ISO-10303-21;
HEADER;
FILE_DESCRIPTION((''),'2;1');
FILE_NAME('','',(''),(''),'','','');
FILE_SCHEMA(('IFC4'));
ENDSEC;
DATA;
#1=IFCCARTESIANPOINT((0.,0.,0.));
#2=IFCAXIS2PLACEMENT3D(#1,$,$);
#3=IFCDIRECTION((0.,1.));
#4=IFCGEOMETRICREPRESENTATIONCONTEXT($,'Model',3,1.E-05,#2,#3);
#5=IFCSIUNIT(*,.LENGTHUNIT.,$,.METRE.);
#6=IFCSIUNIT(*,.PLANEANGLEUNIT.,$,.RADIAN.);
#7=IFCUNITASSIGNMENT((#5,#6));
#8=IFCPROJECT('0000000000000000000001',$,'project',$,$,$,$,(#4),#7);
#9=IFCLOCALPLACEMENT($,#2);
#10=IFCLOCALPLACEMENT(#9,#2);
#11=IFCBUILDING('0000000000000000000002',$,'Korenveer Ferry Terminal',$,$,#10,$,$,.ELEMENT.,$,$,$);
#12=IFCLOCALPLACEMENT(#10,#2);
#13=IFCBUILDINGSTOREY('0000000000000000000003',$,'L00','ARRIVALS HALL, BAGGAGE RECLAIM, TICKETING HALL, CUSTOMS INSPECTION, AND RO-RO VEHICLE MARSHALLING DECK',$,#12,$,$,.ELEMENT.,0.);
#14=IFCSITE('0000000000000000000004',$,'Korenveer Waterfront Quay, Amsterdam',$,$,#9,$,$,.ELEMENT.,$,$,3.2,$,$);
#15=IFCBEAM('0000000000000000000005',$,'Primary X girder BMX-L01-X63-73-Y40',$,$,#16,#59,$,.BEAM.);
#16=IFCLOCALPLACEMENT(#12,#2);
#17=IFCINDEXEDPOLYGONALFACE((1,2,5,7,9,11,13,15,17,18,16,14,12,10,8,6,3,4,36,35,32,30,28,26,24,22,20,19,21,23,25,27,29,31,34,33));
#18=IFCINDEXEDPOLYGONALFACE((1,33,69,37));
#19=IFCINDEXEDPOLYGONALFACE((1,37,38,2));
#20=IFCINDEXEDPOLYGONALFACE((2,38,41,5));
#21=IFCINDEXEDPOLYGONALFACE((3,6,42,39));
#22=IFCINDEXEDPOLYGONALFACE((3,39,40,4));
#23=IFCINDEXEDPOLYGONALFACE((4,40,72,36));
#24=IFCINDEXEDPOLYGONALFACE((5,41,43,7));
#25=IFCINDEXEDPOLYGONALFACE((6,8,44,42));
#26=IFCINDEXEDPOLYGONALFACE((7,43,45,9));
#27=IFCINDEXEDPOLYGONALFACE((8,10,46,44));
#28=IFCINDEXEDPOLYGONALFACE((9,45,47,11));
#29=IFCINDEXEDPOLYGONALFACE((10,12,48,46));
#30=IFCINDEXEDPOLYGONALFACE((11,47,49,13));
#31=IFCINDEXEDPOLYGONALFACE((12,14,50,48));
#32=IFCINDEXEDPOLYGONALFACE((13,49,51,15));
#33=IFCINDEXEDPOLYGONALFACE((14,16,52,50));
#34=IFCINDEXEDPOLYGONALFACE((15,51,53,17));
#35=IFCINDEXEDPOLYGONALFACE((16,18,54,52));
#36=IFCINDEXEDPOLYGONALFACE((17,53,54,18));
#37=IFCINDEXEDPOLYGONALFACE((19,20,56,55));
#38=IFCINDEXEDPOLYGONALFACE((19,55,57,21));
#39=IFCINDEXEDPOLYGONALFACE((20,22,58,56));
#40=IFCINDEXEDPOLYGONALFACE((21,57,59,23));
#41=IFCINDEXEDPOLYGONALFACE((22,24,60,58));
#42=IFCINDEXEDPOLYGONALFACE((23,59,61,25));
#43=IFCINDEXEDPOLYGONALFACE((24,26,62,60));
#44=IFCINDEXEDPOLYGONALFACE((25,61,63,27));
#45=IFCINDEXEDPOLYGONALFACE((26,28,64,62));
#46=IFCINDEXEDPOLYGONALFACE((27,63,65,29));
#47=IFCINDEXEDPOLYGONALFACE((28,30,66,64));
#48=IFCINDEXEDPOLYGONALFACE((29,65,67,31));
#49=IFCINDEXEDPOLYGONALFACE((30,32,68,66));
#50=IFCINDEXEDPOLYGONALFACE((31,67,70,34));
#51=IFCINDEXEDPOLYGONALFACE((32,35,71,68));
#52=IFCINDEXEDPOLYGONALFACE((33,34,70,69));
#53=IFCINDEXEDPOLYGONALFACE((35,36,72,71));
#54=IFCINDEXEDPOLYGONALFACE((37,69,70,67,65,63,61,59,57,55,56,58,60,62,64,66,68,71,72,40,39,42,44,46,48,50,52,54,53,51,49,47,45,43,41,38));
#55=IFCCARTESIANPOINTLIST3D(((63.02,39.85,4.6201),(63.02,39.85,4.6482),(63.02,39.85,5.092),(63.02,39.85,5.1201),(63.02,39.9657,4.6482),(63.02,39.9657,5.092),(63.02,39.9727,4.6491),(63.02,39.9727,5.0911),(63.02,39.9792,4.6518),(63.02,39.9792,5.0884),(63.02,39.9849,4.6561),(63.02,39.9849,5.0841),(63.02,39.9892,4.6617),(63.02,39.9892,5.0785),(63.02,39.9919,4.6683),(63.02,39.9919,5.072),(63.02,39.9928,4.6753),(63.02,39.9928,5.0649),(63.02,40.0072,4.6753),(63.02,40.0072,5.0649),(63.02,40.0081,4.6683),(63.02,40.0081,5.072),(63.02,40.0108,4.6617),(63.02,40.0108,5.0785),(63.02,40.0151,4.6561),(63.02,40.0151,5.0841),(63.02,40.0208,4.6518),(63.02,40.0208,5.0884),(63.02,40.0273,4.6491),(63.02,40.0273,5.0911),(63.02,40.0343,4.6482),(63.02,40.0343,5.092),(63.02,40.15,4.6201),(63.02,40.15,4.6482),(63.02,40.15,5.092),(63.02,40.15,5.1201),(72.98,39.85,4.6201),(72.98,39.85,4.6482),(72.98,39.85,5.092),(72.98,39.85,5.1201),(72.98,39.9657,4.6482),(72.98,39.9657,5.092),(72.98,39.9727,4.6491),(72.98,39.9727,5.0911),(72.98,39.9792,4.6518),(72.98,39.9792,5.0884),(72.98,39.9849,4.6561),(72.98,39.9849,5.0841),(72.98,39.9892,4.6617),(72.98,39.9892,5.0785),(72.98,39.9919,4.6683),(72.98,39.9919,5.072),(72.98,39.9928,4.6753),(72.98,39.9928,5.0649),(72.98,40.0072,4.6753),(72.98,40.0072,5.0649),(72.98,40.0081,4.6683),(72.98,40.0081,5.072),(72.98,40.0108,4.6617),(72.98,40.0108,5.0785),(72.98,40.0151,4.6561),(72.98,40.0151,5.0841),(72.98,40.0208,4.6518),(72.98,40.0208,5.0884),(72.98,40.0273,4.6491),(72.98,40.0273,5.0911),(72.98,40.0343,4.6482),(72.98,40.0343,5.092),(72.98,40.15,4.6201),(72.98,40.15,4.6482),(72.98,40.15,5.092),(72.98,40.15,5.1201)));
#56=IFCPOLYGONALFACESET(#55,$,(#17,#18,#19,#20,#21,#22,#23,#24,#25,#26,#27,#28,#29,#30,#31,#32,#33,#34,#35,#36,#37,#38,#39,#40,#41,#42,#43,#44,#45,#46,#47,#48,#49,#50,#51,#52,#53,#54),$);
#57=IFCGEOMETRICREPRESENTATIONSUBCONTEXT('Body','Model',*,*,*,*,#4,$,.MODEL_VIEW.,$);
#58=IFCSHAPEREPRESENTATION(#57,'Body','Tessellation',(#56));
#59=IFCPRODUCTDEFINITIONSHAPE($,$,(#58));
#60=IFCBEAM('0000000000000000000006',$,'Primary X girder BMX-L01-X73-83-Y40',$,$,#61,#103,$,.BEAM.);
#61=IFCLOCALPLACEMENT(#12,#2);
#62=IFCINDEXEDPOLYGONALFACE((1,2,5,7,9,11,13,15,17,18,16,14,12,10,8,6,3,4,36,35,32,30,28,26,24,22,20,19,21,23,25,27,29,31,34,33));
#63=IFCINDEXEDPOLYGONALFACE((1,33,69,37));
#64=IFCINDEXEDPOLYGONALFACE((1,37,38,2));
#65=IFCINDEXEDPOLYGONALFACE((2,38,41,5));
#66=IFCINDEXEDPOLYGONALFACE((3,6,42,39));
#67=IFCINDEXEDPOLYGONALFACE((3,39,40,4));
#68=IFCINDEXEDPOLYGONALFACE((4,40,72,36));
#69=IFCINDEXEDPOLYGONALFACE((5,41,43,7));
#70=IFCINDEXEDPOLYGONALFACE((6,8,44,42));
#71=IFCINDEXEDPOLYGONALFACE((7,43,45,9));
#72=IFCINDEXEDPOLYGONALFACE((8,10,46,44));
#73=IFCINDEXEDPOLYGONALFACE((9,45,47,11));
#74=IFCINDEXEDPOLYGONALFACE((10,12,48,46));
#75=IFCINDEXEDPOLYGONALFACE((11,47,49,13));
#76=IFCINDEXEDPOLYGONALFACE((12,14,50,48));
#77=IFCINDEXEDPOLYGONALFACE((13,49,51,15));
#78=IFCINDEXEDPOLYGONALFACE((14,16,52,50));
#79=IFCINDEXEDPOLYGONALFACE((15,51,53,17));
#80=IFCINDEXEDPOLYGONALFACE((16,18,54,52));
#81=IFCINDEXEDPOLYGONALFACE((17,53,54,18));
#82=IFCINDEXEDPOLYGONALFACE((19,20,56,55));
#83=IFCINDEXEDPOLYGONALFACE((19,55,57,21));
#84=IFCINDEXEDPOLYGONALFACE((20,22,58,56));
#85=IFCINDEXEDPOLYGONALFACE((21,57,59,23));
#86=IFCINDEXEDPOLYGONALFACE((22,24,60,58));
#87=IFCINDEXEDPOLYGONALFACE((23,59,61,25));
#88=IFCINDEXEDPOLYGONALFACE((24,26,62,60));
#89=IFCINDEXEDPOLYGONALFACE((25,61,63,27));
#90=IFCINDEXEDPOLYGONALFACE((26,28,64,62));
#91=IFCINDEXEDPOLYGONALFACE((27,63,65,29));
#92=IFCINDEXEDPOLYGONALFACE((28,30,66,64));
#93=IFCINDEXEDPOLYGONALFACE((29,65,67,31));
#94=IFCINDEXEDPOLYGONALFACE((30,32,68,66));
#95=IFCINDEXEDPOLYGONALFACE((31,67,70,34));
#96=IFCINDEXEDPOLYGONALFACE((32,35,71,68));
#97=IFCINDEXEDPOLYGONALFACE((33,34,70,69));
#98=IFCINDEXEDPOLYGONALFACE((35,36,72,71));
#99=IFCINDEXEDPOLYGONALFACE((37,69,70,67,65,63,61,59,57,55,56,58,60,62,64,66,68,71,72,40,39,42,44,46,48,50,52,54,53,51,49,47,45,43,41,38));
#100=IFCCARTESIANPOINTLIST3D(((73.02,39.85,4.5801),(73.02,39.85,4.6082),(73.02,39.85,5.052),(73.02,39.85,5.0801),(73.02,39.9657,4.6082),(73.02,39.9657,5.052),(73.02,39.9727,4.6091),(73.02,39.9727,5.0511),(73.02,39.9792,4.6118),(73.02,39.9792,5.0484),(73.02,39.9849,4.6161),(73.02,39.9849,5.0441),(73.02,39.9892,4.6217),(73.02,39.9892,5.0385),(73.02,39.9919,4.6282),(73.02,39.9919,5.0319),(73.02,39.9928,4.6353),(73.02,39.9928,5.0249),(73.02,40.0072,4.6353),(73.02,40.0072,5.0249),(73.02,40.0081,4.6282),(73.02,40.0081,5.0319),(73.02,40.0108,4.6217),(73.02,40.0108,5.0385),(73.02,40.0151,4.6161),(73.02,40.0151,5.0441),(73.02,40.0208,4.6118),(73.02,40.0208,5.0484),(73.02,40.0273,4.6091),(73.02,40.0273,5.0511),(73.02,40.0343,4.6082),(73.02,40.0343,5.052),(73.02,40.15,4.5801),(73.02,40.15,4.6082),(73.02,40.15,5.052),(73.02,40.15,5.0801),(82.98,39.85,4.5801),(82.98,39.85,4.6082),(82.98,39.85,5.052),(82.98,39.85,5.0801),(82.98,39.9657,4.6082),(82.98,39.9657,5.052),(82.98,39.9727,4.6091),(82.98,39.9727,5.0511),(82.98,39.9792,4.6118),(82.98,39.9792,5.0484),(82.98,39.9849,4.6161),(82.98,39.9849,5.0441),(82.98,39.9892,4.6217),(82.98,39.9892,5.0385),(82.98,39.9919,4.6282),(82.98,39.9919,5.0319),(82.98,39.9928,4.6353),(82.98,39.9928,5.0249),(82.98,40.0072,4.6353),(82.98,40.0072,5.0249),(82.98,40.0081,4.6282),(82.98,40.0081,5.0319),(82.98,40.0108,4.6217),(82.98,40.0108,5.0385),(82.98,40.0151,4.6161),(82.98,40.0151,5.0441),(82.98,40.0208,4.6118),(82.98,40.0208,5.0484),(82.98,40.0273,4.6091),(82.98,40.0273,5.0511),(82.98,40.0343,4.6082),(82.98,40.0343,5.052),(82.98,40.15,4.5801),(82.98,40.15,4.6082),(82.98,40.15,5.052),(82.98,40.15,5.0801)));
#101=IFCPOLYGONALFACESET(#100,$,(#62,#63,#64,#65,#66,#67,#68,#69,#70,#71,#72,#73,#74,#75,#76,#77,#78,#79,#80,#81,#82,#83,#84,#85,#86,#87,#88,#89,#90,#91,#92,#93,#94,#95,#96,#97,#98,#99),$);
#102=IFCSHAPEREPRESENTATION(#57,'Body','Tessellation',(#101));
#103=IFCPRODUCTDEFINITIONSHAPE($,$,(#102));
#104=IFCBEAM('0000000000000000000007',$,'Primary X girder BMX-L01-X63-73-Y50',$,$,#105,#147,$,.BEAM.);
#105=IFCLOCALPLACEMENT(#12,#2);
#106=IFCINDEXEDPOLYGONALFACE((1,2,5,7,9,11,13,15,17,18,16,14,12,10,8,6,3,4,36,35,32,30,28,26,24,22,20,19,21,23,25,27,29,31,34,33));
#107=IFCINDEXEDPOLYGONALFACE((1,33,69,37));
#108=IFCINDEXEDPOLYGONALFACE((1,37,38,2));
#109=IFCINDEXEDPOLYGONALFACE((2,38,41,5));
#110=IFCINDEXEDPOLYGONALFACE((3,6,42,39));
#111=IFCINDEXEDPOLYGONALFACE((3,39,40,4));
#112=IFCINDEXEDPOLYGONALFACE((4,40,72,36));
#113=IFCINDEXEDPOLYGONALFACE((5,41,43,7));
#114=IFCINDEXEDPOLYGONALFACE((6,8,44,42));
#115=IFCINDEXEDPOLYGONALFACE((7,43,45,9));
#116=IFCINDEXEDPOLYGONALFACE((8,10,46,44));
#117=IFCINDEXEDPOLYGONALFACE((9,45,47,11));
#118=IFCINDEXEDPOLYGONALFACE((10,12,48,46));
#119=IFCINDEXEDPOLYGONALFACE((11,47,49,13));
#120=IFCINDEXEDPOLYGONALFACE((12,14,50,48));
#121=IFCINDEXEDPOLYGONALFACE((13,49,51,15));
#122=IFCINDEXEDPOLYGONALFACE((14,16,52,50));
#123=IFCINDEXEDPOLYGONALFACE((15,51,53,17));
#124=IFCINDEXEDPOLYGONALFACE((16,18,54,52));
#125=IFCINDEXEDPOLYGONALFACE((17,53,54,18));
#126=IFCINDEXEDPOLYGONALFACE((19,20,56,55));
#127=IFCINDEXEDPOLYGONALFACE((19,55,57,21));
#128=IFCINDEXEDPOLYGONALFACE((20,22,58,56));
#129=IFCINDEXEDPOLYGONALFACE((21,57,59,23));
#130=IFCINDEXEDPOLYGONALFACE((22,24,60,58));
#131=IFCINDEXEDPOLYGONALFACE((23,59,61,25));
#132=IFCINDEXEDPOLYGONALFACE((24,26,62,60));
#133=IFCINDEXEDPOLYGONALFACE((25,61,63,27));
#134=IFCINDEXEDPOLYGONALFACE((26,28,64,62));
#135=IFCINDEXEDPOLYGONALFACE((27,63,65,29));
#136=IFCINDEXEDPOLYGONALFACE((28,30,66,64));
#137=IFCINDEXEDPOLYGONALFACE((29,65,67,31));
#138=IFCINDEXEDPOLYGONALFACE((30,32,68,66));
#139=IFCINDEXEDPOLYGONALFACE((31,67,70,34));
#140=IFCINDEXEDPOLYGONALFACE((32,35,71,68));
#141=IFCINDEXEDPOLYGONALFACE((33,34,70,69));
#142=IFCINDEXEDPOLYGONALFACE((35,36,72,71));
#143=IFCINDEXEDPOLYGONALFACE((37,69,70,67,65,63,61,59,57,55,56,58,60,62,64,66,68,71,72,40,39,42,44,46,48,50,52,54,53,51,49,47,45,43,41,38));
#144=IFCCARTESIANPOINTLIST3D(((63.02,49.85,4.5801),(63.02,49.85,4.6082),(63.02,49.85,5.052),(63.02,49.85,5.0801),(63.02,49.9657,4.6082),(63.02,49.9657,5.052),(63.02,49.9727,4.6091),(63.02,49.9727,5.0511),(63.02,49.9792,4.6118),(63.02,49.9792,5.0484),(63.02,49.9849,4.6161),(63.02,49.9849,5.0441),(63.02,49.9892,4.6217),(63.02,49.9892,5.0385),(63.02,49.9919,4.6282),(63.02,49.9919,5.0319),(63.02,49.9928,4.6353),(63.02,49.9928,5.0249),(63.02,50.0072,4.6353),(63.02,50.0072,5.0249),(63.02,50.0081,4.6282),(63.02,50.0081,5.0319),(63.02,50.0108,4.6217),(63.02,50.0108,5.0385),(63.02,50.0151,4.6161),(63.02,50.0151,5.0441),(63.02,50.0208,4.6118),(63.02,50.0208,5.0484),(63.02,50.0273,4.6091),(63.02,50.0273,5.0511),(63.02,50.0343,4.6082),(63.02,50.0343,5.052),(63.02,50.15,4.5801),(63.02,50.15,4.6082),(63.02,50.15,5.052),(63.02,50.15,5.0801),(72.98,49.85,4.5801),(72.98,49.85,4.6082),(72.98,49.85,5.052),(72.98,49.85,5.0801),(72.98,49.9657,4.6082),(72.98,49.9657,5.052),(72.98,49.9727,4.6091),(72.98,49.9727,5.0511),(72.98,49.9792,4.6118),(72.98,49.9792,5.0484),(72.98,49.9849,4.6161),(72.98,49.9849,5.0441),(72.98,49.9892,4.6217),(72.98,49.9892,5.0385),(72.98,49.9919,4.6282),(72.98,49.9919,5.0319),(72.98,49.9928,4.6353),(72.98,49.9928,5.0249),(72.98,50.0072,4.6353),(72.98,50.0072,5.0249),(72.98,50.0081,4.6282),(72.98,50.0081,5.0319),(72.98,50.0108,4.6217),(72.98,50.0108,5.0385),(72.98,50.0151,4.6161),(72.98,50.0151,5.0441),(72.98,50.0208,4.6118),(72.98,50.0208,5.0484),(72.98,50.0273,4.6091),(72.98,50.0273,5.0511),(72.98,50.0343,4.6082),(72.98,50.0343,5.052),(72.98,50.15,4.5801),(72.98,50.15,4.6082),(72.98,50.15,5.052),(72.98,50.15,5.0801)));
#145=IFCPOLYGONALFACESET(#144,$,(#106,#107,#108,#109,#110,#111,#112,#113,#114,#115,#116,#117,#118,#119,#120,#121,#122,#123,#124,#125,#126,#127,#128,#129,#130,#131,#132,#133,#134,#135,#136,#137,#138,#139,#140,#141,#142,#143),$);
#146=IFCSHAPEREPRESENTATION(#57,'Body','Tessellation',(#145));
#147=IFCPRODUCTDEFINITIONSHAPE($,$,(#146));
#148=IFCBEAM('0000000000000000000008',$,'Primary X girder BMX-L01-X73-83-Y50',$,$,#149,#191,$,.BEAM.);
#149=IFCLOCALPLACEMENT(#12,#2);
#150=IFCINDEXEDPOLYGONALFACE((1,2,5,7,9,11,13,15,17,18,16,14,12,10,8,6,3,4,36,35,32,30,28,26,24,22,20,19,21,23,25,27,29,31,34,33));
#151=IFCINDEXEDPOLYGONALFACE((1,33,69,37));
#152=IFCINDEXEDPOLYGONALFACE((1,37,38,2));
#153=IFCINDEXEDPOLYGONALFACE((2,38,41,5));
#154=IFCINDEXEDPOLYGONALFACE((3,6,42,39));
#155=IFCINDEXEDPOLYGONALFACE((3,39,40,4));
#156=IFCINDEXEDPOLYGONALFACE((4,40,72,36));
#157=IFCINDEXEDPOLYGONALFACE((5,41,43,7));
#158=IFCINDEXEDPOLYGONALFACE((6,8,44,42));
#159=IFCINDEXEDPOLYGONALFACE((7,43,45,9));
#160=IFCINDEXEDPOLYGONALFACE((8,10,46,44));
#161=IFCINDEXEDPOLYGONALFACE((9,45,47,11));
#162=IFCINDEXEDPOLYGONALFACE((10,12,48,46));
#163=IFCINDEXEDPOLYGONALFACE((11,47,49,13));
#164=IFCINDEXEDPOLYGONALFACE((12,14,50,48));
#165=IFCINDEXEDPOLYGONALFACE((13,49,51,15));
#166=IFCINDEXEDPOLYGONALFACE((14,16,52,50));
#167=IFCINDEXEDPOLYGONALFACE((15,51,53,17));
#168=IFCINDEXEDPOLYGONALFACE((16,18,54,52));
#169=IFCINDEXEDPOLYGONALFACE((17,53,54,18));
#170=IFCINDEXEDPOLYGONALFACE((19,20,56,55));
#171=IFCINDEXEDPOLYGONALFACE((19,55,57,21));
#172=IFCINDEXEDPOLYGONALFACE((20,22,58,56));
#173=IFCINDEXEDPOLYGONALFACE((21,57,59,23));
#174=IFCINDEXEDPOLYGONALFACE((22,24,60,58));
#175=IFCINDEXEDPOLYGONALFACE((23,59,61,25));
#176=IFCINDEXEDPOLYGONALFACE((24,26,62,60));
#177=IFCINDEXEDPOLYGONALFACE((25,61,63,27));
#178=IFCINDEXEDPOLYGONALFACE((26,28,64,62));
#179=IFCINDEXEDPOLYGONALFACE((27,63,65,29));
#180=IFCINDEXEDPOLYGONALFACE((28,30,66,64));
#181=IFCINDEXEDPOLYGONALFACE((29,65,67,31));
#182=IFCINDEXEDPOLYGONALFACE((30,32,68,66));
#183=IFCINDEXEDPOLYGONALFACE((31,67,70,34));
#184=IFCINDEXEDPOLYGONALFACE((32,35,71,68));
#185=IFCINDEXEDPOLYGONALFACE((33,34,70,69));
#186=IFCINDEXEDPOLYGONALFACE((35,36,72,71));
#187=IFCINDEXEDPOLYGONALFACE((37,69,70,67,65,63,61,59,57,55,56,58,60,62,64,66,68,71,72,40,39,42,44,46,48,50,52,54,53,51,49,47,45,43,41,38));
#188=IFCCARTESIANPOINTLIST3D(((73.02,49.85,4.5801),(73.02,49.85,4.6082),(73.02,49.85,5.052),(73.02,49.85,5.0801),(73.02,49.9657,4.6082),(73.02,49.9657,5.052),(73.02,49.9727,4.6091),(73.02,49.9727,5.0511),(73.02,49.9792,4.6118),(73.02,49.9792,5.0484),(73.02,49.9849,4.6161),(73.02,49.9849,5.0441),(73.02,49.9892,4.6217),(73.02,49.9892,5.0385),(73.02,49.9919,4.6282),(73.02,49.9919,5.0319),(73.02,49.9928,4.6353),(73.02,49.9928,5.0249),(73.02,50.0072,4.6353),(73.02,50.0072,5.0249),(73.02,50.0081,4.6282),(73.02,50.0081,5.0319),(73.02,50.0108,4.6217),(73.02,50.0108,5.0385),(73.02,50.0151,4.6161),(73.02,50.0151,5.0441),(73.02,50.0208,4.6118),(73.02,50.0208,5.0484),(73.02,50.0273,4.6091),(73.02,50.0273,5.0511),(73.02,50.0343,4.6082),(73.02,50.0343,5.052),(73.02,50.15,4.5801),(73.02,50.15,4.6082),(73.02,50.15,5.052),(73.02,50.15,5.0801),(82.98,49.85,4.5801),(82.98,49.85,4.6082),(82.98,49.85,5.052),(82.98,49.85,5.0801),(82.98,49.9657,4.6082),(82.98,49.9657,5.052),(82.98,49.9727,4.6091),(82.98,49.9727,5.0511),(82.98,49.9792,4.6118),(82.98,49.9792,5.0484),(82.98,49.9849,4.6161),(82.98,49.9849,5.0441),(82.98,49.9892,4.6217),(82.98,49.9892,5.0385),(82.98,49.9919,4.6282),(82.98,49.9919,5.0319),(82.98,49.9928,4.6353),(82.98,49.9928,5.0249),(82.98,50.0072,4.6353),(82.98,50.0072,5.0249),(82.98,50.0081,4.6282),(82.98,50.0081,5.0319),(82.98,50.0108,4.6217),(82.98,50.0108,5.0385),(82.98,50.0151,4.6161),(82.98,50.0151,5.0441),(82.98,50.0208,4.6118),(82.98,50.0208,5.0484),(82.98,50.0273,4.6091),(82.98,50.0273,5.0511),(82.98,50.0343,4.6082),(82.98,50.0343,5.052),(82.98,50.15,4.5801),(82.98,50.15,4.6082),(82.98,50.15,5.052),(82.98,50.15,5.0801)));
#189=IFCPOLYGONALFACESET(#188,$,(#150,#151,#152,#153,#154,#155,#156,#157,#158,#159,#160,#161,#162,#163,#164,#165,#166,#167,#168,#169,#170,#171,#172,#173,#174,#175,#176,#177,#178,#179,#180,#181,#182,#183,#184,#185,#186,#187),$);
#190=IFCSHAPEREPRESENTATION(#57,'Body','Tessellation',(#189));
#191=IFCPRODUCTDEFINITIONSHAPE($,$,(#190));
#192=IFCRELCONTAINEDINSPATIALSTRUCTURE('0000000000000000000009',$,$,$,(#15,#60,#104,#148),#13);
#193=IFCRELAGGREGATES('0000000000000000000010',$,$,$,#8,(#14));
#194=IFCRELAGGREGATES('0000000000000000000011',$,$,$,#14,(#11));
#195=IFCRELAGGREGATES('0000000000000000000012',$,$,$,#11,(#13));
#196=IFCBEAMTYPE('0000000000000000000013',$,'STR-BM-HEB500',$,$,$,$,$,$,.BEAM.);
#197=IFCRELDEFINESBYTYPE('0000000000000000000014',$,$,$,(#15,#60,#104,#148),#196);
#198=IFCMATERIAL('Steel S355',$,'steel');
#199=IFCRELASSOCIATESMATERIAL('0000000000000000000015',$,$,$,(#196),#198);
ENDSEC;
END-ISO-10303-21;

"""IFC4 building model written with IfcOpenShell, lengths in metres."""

from ifc_helpers import new_model, si_unit, direction, frame, origin, origin_2d, place, context, subcontext, project, spatial, i_section, extrude, material, material_profile, profile_set, type_object, element, save


model = new_model("IFC4")

# Units and contexts
model_context = context("Model", 3, precision=1e-05, world=origin(), true_north=direction((0.0, 1.0)))
body_context = subcontext(model_context, "Body", "Model", "MODEL_VIEW")
ifc_project = project(units=[si_unit("LENGTHUNIT", "METRE"), si_unit("PLANEANGLEUNIT", "RADIAN")], contexts=[model_context])

# Site, building, storey
site_placement = place(None, origin())
site = spatial("IfcSite", under=ifc_project, at=site_placement, Name="Korenveer Waterfront Quay, Amsterdam", CompositionType="ELEMENT", RefElevation=3.2)
building_placement = place(site_placement, origin())
building = spatial("IfcBuilding", under=site, at=building_placement, Name="Korenveer Ferry Terminal", CompositionType="ELEMENT")
storey_placement = place(building_placement, origin())
storey = spatial("IfcBuildingStorey", under=building, at=storey_placement, Name="L00", Description="ARRIVALS HALL, BAGGAGE RECLAIM, TICKETING HALL, CUSTOMS INSPECTION, AND RO-RO VEHICLE MARSHALLING DECK", CompositionType="ELEMENT", Elevation=0.0)

# Shared definitions
ifc_material_1 = material(Name="Steel S355", Category="steel")

# Beams
ifc_material_profile_1 = material_profile(ifc_material_1, i_section(OverallWidth=0.3, OverallDepth=0.5, WebThickness=0.0144, FlangeThickness=0.0281, FilletRadius=0.0271, at=origin_2d()), Name="HEB 500")
ifc_profile_set_1 = profile_set([ifc_material_profile_1], Name="Steel S355")
beam_type_1 = type_object("IfcBeamType", Name="STR-BM-HEB500", PredefinedType="BEAM", material=ifc_profile_set_1)
for number, where, z_axis, x_axis, name in (
    (1, (63.02, 40.0, 4.8701), (1.0, 0.0, 0.0), (0.0, 1.0, 0.0), "Primary X girder BMX-L01-X63-73-Y40"),
    (2, (73.02, 40.0, 4.8301), (1.0, 0.0, 0.0), (0.0, 1.0, 0.0), "Primary X girder BMX-L01-X73-83-Y40"),
    (3, (63.02, 50.0, 4.8301), (1.0, 0.0, 0.0), (0.0, 1.0, 0.0), "Primary X girder BMX-L01-X63-73-Y50"),
    (4, (73.02, 50.0, 4.8301), (1.0, 0.0, 0.0), (0.0, 1.0, 0.0), "Primary X girder BMX-L01-X73-83-Y50"),
):
    element("IfcBeam", number, at=place(storey_placement, frame(where, z_axis=z_axis, x_axis=x_axis)), inside=storey, type_object=beam_type_1, Name=name, PredefinedType="BEAM", context=body_context, shape_type="SweptSolid", body=[
        extrude(i_section(OverallWidth=0.3, OverallDepth=0.5, WebThickness=0.0144, FlangeThickness=0.0281, FilletRadius=0.0271, at=origin_2d()), origin(), (0.0, 0.0, 1.0), 9.96),
    ])

save(model, "model.ifc")
